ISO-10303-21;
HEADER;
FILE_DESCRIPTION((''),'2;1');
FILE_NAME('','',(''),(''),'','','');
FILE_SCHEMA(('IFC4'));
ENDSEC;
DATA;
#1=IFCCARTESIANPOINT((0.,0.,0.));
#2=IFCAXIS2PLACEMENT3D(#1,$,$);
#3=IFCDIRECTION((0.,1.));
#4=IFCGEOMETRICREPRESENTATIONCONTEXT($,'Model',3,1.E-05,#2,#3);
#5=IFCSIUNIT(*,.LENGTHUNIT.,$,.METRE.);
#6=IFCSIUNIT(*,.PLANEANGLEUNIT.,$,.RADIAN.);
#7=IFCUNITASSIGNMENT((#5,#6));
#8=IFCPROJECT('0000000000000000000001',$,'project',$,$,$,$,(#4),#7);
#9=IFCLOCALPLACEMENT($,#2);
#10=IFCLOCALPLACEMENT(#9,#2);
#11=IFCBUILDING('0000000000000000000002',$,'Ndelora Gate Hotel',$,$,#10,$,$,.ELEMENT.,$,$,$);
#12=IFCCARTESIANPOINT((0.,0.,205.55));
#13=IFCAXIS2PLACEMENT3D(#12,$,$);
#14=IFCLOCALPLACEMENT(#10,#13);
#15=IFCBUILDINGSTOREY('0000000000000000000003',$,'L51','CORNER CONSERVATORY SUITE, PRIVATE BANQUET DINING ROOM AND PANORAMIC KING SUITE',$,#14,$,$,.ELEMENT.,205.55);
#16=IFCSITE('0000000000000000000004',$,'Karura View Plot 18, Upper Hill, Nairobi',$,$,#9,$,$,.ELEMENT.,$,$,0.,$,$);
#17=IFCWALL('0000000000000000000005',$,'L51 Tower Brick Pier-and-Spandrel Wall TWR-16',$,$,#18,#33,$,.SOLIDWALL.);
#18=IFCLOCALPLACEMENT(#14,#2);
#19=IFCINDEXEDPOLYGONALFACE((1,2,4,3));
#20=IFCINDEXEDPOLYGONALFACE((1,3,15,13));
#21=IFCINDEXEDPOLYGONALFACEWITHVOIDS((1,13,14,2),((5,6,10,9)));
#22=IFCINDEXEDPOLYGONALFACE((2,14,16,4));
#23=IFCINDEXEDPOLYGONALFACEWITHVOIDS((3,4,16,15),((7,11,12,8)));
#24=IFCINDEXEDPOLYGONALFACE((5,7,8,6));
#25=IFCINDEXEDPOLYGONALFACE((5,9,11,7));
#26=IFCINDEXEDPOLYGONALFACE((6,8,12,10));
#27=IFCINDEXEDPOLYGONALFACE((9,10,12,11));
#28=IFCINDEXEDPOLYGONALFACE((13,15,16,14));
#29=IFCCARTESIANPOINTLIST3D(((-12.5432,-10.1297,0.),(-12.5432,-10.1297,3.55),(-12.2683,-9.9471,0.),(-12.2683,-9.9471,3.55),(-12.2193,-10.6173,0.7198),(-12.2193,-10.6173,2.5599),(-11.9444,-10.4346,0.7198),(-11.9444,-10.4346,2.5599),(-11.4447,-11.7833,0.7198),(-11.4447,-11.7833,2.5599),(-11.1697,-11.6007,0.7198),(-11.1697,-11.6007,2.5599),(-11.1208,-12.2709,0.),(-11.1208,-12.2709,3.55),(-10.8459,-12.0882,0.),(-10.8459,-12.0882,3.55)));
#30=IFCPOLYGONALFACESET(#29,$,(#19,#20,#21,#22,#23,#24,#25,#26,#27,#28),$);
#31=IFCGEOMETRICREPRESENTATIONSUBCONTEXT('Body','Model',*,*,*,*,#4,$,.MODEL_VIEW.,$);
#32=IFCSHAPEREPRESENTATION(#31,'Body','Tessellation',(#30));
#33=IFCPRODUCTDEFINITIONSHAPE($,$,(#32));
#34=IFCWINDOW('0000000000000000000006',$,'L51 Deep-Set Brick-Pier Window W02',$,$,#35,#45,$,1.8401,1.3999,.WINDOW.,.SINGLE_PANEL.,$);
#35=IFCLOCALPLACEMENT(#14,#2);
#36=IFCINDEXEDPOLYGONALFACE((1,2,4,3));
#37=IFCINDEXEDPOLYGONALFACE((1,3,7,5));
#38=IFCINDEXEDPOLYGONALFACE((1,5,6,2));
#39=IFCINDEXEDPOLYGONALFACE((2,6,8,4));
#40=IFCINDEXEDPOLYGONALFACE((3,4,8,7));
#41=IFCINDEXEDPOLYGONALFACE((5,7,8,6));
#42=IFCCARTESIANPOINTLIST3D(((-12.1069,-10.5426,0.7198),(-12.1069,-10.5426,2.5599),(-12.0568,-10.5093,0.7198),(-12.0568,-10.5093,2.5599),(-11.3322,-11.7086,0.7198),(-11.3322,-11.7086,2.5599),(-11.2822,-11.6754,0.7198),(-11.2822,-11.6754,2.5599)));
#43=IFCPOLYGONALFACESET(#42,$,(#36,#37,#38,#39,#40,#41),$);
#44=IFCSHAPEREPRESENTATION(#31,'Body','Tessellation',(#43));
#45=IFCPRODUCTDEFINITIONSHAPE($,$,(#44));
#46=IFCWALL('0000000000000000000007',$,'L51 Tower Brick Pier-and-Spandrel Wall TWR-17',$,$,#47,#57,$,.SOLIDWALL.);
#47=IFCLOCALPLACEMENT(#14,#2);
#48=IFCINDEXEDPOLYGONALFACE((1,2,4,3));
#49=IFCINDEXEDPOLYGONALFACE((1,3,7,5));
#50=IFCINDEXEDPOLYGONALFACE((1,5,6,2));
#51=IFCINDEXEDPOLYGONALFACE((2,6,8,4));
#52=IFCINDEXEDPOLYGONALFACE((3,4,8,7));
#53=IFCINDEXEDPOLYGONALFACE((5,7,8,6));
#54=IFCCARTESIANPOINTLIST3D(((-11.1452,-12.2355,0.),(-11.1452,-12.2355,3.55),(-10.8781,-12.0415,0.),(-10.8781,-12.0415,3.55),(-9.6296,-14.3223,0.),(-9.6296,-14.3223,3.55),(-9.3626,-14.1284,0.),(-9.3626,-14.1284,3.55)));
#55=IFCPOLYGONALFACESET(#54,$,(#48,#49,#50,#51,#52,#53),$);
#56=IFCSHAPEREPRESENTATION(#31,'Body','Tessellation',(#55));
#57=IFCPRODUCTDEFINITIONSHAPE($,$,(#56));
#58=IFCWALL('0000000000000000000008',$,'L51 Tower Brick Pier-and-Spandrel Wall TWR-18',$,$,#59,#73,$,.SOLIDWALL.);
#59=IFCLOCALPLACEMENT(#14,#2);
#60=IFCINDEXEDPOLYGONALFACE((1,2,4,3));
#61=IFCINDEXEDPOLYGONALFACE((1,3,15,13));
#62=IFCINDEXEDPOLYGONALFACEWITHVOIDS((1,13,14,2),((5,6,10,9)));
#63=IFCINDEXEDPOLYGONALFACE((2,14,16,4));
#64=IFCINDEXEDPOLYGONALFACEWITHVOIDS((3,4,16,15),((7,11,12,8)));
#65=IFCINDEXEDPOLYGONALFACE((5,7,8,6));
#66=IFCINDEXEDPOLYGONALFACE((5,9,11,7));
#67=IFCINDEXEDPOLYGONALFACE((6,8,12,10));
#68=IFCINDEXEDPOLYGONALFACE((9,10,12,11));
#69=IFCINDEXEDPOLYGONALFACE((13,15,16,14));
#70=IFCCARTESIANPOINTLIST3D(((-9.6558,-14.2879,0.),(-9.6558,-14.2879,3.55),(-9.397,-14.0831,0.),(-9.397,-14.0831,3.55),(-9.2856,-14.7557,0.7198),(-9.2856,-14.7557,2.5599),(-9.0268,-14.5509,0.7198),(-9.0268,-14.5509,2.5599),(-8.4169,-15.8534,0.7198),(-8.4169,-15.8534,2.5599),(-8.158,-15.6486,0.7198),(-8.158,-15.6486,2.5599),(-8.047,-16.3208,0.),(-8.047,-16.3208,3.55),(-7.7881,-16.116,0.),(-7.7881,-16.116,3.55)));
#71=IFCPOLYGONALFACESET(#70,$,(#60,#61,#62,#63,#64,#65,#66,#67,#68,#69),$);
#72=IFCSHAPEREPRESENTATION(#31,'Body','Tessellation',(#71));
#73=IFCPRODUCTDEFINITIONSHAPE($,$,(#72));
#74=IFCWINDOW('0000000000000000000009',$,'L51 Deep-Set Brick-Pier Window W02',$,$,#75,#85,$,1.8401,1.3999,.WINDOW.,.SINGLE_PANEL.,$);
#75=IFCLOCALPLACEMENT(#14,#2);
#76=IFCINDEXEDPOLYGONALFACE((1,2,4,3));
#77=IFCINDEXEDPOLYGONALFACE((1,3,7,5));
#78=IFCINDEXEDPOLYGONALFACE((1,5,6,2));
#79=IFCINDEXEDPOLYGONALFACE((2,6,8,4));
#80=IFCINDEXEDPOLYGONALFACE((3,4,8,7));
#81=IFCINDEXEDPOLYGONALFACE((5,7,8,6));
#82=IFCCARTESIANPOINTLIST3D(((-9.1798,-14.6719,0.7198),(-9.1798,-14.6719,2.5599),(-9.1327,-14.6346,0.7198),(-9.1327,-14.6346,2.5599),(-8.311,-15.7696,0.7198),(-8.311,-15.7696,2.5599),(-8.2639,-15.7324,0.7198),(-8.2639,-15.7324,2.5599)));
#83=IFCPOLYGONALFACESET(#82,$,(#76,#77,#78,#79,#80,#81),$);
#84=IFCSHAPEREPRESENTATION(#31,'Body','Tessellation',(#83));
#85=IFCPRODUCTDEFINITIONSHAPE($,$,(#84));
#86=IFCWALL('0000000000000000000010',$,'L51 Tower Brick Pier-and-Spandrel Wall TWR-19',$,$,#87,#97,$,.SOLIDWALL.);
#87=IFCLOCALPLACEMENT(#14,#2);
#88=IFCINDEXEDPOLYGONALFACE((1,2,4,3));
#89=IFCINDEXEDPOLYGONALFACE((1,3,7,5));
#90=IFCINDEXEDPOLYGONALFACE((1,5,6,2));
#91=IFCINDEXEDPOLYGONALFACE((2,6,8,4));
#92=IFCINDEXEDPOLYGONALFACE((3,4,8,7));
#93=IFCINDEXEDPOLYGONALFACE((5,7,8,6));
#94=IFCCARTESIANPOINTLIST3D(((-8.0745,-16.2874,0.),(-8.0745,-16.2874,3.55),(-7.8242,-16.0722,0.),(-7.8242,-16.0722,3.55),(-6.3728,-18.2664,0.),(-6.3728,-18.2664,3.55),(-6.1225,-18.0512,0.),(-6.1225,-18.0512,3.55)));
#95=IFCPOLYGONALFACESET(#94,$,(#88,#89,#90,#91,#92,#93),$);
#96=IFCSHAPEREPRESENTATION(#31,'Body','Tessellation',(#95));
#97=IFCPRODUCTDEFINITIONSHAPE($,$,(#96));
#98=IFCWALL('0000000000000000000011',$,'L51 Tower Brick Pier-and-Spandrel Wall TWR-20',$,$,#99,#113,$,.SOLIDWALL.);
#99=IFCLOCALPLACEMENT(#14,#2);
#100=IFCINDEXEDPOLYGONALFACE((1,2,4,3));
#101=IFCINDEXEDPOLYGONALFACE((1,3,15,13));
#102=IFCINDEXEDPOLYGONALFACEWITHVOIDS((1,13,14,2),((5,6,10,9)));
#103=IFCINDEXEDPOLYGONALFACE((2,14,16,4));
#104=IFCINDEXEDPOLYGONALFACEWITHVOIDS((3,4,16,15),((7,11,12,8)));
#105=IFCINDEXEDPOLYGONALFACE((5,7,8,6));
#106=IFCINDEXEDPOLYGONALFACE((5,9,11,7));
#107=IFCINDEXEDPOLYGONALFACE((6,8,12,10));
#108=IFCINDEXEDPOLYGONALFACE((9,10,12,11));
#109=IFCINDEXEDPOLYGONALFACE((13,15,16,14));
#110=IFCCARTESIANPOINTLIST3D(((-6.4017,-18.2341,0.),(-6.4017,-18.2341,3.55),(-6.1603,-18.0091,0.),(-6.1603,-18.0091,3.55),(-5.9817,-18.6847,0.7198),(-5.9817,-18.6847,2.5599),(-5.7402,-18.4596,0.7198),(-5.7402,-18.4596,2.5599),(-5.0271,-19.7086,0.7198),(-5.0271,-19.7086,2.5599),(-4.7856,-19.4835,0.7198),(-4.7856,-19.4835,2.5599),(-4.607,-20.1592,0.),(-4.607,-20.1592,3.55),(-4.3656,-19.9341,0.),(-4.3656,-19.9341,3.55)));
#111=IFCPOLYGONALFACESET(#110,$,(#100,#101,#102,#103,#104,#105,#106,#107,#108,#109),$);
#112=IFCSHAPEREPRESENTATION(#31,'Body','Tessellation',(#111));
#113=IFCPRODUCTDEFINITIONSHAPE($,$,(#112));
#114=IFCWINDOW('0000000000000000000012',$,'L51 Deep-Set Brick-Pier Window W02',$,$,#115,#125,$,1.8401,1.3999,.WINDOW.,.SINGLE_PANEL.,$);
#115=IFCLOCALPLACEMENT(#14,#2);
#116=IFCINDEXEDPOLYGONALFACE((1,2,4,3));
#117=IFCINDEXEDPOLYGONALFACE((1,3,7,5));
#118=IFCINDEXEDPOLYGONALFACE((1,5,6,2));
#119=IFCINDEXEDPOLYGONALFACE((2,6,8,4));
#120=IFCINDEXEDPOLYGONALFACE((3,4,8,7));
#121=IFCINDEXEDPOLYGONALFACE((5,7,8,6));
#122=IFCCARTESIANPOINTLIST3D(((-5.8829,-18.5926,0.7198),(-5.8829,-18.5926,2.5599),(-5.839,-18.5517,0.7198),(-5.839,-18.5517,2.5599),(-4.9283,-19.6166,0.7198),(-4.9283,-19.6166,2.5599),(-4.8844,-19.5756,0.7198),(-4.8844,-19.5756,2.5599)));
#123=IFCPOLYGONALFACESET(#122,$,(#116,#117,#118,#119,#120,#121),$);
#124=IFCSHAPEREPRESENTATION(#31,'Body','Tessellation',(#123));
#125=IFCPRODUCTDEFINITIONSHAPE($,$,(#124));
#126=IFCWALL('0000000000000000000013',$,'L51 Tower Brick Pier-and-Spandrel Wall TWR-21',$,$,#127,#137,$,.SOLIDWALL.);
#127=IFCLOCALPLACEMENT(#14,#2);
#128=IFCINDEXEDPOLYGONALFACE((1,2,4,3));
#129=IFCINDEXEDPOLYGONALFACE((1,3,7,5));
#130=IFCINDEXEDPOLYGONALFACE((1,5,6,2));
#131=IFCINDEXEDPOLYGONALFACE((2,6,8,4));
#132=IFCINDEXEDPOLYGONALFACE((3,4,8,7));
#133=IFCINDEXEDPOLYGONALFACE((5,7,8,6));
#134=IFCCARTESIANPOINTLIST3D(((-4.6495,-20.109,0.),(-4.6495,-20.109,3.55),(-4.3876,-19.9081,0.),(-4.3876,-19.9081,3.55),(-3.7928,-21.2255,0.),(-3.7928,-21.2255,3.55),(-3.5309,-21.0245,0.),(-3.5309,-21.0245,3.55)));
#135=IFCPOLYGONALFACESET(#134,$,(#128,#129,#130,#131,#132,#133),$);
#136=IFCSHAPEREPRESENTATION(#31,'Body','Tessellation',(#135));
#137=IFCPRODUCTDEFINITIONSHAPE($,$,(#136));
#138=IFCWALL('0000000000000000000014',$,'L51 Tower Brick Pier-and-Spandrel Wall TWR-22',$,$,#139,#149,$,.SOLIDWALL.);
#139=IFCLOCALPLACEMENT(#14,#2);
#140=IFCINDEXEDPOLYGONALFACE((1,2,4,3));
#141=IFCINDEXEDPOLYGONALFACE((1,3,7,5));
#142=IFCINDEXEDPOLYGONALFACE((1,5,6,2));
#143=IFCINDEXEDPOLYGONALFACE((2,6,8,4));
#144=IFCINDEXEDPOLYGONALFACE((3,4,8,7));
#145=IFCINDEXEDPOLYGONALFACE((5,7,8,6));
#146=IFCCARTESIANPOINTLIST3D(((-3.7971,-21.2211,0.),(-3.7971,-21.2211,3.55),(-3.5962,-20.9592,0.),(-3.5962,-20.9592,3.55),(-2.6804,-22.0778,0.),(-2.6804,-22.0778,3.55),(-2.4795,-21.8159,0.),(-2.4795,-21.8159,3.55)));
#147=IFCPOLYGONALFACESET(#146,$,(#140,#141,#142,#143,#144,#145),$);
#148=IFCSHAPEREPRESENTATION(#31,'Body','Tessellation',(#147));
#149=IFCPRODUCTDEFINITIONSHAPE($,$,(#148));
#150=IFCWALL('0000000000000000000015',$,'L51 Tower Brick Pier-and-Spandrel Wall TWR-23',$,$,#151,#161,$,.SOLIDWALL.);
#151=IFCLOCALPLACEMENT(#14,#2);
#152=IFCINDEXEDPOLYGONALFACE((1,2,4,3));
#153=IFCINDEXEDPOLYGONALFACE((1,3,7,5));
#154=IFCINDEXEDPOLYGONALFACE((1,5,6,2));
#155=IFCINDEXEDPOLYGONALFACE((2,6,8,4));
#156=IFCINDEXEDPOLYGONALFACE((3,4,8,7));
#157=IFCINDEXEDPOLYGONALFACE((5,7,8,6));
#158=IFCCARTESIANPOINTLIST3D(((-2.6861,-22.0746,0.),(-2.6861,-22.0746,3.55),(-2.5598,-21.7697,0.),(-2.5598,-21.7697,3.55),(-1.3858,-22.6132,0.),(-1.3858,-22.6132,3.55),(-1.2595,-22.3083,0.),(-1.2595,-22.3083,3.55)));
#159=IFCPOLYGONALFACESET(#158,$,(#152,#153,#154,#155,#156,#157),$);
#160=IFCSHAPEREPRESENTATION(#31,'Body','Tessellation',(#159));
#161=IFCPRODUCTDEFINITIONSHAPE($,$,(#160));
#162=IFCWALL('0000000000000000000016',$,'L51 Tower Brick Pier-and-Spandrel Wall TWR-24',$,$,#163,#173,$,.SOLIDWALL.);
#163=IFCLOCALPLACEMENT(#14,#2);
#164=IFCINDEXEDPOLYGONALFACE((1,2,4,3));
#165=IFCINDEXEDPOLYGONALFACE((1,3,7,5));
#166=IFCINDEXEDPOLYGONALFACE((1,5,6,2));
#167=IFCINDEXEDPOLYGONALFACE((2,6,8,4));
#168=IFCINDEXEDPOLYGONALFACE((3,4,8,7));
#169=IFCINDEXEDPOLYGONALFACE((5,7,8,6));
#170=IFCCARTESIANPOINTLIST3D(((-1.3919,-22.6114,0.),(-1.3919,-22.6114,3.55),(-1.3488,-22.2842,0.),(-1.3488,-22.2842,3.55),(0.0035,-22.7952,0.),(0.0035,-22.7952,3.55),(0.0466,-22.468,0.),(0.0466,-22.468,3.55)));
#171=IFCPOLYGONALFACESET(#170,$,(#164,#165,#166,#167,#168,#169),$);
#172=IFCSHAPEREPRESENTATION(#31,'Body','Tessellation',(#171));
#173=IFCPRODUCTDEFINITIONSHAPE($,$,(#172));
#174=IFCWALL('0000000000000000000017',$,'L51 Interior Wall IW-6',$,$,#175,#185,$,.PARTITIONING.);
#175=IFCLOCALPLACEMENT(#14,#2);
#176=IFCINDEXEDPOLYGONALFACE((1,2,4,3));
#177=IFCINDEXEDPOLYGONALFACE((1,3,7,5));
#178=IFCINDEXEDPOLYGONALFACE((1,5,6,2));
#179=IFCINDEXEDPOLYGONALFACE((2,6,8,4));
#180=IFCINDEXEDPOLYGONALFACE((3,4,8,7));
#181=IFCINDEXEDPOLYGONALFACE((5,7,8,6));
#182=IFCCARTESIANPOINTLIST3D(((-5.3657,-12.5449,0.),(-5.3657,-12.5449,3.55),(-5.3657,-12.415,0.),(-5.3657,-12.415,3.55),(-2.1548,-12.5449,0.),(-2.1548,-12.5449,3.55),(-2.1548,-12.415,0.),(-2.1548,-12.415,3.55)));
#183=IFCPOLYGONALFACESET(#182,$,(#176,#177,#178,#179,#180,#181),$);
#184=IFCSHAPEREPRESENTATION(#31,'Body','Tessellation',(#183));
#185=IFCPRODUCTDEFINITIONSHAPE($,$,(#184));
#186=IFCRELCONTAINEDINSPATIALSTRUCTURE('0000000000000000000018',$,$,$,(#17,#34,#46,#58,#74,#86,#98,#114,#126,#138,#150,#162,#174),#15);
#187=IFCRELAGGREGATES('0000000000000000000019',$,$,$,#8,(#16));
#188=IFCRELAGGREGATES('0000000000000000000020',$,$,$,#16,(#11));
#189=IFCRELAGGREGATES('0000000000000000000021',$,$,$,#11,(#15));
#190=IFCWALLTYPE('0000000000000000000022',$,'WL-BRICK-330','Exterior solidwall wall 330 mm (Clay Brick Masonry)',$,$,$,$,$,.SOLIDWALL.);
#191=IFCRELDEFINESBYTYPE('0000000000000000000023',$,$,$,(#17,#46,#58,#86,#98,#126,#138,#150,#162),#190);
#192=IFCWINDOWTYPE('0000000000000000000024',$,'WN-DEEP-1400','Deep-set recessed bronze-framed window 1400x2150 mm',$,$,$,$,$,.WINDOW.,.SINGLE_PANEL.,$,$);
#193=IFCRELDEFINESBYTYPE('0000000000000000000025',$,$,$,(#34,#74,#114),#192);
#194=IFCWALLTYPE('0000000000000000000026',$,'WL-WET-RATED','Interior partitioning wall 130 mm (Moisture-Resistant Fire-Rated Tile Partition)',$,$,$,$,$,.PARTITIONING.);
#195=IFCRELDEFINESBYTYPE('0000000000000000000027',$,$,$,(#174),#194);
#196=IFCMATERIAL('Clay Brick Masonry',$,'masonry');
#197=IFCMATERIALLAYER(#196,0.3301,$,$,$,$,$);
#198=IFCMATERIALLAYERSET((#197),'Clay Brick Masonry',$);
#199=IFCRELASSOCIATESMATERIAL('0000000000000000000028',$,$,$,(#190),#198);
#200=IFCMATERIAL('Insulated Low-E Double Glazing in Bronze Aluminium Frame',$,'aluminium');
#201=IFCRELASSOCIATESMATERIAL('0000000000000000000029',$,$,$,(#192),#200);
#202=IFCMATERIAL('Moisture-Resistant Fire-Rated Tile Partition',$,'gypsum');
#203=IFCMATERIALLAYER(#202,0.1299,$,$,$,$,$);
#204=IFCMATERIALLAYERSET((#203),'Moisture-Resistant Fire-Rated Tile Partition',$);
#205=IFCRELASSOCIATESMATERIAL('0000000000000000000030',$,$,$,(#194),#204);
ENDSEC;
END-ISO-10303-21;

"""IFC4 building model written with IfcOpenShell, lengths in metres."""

from ifc_helpers import new_model, si_unit, direction, frame, frame_2d, origin, place, context, subcontext, project, spatial, rectangle, extrude, material, layer, layer_set, type_object, element, fill, save


model = new_model("IFC4")

# Units and contexts
model_context = context("Model", 3, precision=1e-05, world=origin(), true_north=direction((0.0, 1.0)))
body_context = subcontext(model_context, "Body", "Model", "MODEL_VIEW")
ifc_project = project(units=[si_unit("LENGTHUNIT", "METRE"), si_unit("PLANEANGLEUNIT", "RADIAN")], contexts=[model_context])

# Site, building, storey
site_placement = place(None, origin())
site = spatial("IfcSite", under=ifc_project, at=site_placement, Name="Karura View Plot 18, Upper Hill, Nairobi", CompositionType="ELEMENT", RefElevation=0.0)
building_placement = place(site_placement, origin())
building = spatial("IfcBuilding", under=site, at=building_placement, Name="Ndelora Gate Hotel", CompositionType="ELEMENT")
storey_placement = place(building_placement, frame((0.0, 0.0, 205.55)))
storey = spatial("IfcBuildingStorey", under=building, at=storey_placement, Name="L51", Description="CORNER CONSERVATORY SUITE, PRIVATE BANQUET DINING ROOM AND PANORAMIC KING SUITE", CompositionType="ELEMENT", Elevation=205.55)

# Wall, opening, window
ifc_material_1 = material(Name="Clay Brick Masonry", Category="masonry")
ifc_layer_1 = layer(ifc_material_1, 0.3301)
ifc_layer_set_1 = layer_set([ifc_layer_1], Name="Clay Brick Masonry")
wall_type_1 = type_object("IfcWallType", Name="WL-BRICK-330", Description="Exterior solidwall wall 330 mm (Clay Brick Masonry)", PredefinedType="SOLIDWALL", material=ifc_layer_set_1)
wall_1_placement = place(storey_placement, frame((-10.9834, -12.1794, 0.0), z_axis=(0.0, 0.0, 1.0), x_axis=(-0.553341, 0.832955, 0.0)))
wall_1 = element("IfcWall", 1, at=wall_1_placement, inside=storey, type_object=wall_type_1, Name="L51 Tower Brick Pier-and-Spandrel Wall TWR-16", PredefinedType="SOLIDWALL", context=body_context, shape_type="SweptSolid", body=[
    extrude(rectangle(XDim=2.5706, YDim=0.3301, at=frame_2d((1.2852, 0.0))), origin(), (0.0, 0.0, 1.0), 3.55),
])
opening_1_placement = place(wall_1_placement, frame((0.5852, 0.0, 0.72)))
opening_1 = element("IfcOpeningElement", 2, at=opening_1_placement, cuts=wall_1, PredefinedType="OPENING", context=body_context, shape_type="SweptSolid", body=[
    extrude(rectangle(XDim=1.3999, YDim=1.8401, at=frame_2d((0.7, 0.9199))), frame((0.0, 0.175, 0.0), z_axis=(0.0, -1.0, 0.0), x_axis=(1.0, 0.0, 0.0)), (0.0, 0.0, 1.0), 0.3501),
])
ifc_material_2 = material(Name="Insulated Low-E Double Glazing in Bronze Aluminium Frame", Category="aluminium")
window_type = type_object("IfcWindowType", Name="WN-DEEP-1400", Description="Deep-set recessed bronze-framed window 1400x2150 mm", PartitioningType="SINGLE_PANEL", PredefinedType="WINDOW", material=ifc_material_2)
window_1_placement = place(opening_1_placement, origin())
window_1 = element("IfcWindow", 3, at=window_1_placement, inside=storey, type_object=window_type, Name="L51 Deep-Set Brick-Pier Window W02", OverallHeight=1.8401, OverallWidth=1.3999, PartitioningType="SINGLE_PANEL", PredefinedType="WINDOW", context=body_context, shape_type="SweptSolid", body=[
    extrude(rectangle(XDim=1.3999, YDim=1.8401, at=frame_2d((0.7, 0.9199))), frame((0.0, 0.03, 0.0), z_axis=(0.0, -1.0, 0.0), x_axis=(1.0, 0.0, 0.0)), (0.0, 0.0, 1.0), 0.0601),
])
fill(opening_1, window_1)

# Wall
wall_2_placement = place(storey_placement, frame((-9.4961, -14.2253, 0.0), z_axis=(0.0, 0.0, 1.0), x_axis=(-0.587631, 0.809129, 0.0)))
element("IfcWall", 4, at=wall_2_placement, inside=storey, type_object=wall_type_1, Name="L51 Tower Brick Pier-and-Spandrel Wall TWR-17", PredefinedType="SOLIDWALL", context=body_context, shape_type="SweptSolid", body=[
    extrude(rectangle(XDim=2.5791, YDim=0.3301, at=frame_2d((1.2896, 0.0))), origin(), (0.0, 0.0, 1.0), 3.55),
])

# Wall, opening, window
wall_3_placement = place(storey_placement, frame((-7.9175, -16.2185, 0.0), z_axis=(0.0, 0.0, 1.0), x_axis=(-0.620575, 0.784147, 0.0)))
wall_3 = element("IfcWall", 5, at=wall_3_placement, inside=storey, type_object=wall_type_1, Name="L51 Tower Brick Pier-and-Spandrel Wall TWR-18", PredefinedType="SOLIDWALL", context=body_context, shape_type="SweptSolid", body=[
    extrude(rectangle(XDim=2.5925, YDim=0.3301, at=frame_2d((1.2964, 0.0))), origin(), (0.0, 0.0, 1.0), 3.55),
])
opening_2_placement = place(wall_3_placement, frame((0.5962, 0.0, 0.72)))
opening_2 = element("IfcOpeningElement", 6, at=opening_2_placement, cuts=wall_3, PredefinedType="OPENING", context=body_context, shape_type="SweptSolid", body=[
    extrude(rectangle(XDim=1.3999, YDim=1.8401, at=frame_2d((0.7, 0.9199))), frame((0.0, 0.175, 0.0), z_axis=(0.0, -1.0, 0.0), x_axis=(1.0, 0.0, 0.0)), (0.0, 0.0, 1.0), 0.3501),
])
window_2_placement = place(opening_2_placement, origin())
window_2 = element("IfcWindow", 7, at=window_2_placement, inside=storey, type_object=window_type, Name="L51 Deep-Set Brick-Pier Window W02", OverallHeight=1.8401, OverallWidth=1.3999, PartitioningType="SINGLE_PANEL", PredefinedType="WINDOW", context=body_context, shape_type="SweptSolid", body=[
    extrude(rectangle(XDim=1.3999, YDim=1.8401, at=frame_2d((0.7, 0.9199))), frame((0.0, 0.03, 0.0), z_axis=(0.0, -1.0, 0.0), x_axis=(1.0, 0.0, 0.0)), (0.0, 0.0, 1.0), 0.0601),
])
fill(opening_2, window_2)

# Wall
wall_4_placement = place(storey_placement, frame((-6.2476, -18.1589, 0.0), z_axis=(0.0, 0.0, 1.0), x_axis=(-0.651977, 0.758239, 0.0)))
element("IfcWall", 8, at=wall_4_placement, inside=storey, type_object=wall_type_1, Name="L51 Tower Brick Pier-and-Spandrel Wall TWR-19", PredefinedType="SOLIDWALL", context=body_context, shape_type="SweptSolid", body=[
    extrude(rectangle(XDim=2.6101, YDim=0.3301, at=frame_2d((1.3052, 0.0))), origin(), (0.0, 0.0, 1.0), 3.55),
])

# Wall, opening, window
wall_5_placement = place(storey_placement, frame((-4.4863, -20.0466, 0.0), z_axis=(0.0, 0.0, 1.0), x_axis=(-0.681905, 0.731441, 0.0)))
wall_5 = element("IfcWall", 9, at=wall_5_placement, inside=storey, type_object=wall_type_1, Name="L51 Tower Brick Pier-and-Spandrel Wall TWR-20", PredefinedType="SOLIDWALL", context=body_context, shape_type="SweptSolid", body=[
    extrude(rectangle(XDim=2.6318, YDim=0.3301, at=frame_2d((1.3159, 0.0))), origin(), (0.0, 0.0, 1.0), 3.55),
])
opening_3_placement = place(wall_5_placement, frame((0.616, 0.0, 0.72)))
opening_3 = element("IfcOpeningElement", 10, at=opening_3_placement, cuts=wall_5, PredefinedType="OPENING", context=body_context, shape_type="SweptSolid", body=[
    extrude(rectangle(XDim=1.3999, YDim=1.8401, at=frame_2d((0.7, 0.9199))), frame((0.0, 0.175, 0.0), z_axis=(0.0, -1.0, 0.0), x_axis=(1.0, 0.0, 0.0)), (0.0, 0.0, 1.0), 0.3501),
])
window_3_placement = place(opening_3_placement, origin())
window_3 = element("IfcWindow", 11, at=window_3_placement, inside=storey, type_object=window_type, Name="L51 Deep-Set Brick-Pier Window W02", OverallHeight=1.8401, OverallWidth=1.3999, PartitioningType="SINGLE_PANEL", PredefinedType="WINDOW", context=body_context, shape_type="SweptSolid", body=[
    extrude(rectangle(XDim=1.3999, YDim=1.8401, at=frame_2d((0.7, 0.9199))), frame((0.0, 0.03, 0.0), z_axis=(0.0, -1.0, 0.0), x_axis=(1.0, 0.0, 0.0)), (0.0, 0.0, 1.0), 0.0601),
])
fill(opening_3, window_3)

# Walls
wall_6_placement = place(storey_placement, frame((-3.6619, -21.125, 0.0), z_axis=(0.0, 0.0, 1.0), x_axis=(-0.608763, 0.793352, 0.0)))
element("IfcWall", 12, at=wall_6_placement, inside=storey, type_object=wall_type_1, Name="L51 Tower Brick Pier-and-Spandrel Wall TWR-21", PredefinedType="SOLIDWALL", context=body_context, shape_type="SweptSolid", body=[
    extrude(rectangle(XDim=1.4072, YDim=0.3301, at=frame_2d((0.7036, 0.0))), origin(), (0.0, 0.0, 1.0), 3.55),
])
for number, where, z_axis, x_axis, name in (
    (13, (-2.5801, -21.9468, 0.0), (0.0, 0.0, 1.0), (-0.793416, 0.608679, 0.0), "L51 Tower Brick Pier-and-Spandrel Wall TWR-22"),
    (14, (-1.3228, -22.4607, 0.0), (0.0, 0.0, 1.0), (-0.923886, 0.382668, 0.0), "L51 Tower Brick Pier-and-Spandrel Wall TWR-23"),
    (15, (0.0249, -22.6316, 0.0), (0.0, 0.0, 1.0), (-0.991434, 0.130607, 0.0), "L51 Tower Brick Pier-and-Spandrel Wall TWR-24"),
):
    element("IfcWall", number, at=place(storey_placement, frame(where, z_axis=z_axis, x_axis=x_axis)), inside=storey, type_object=wall_type_1, Name=name, PredefinedType="SOLIDWALL", context=body_context, shape_type="SweptSolid", body=[
        extrude(rectangle(XDim=1.4075, YDim=0.3301, at=frame_2d((0.7036, 0.0))), origin(), (0.0, 0.0, 1.0), 3.55),
    ])
ifc_material_3 = material(Name="Moisture-Resistant Fire-Rated Tile Partition", Category="gypsum")
ifc_layer_2 = layer(ifc_material_3, 0.1299)
ifc_layer_set_2 = layer_set([ifc_layer_2], Name="Moisture-Resistant Fire-Rated Tile Partition")
wall_type_2 = type_object("IfcWallType", Name="WL-WET-RATED", Description="Interior partitioning wall 130 mm (Moisture-Resistant Fire-Rated Tile Partition)", PredefinedType="PARTITIONING", material=ifc_layer_set_2)
wall_7_placement = place(storey_placement, frame((-2.1548, -12.48, 0.0), z_axis=(0.0, 0.0, 1.0), x_axis=(-1.0, 0.0, 0.0)))
element("IfcWall", 16, at=wall_7_placement, inside=storey, type_object=wall_type_2, Name="L51 Interior Wall IW-6", PredefinedType="PARTITIONING", context=body_context, shape_type="SweptSolid", body=[
    extrude(rectangle(XDim=3.2109, YDim=0.1299, at=frame_2d((1.6055, 0.0))), origin(), (0.0, 0.0, 1.0), 3.55),
])

save(model, "model.ifc")
